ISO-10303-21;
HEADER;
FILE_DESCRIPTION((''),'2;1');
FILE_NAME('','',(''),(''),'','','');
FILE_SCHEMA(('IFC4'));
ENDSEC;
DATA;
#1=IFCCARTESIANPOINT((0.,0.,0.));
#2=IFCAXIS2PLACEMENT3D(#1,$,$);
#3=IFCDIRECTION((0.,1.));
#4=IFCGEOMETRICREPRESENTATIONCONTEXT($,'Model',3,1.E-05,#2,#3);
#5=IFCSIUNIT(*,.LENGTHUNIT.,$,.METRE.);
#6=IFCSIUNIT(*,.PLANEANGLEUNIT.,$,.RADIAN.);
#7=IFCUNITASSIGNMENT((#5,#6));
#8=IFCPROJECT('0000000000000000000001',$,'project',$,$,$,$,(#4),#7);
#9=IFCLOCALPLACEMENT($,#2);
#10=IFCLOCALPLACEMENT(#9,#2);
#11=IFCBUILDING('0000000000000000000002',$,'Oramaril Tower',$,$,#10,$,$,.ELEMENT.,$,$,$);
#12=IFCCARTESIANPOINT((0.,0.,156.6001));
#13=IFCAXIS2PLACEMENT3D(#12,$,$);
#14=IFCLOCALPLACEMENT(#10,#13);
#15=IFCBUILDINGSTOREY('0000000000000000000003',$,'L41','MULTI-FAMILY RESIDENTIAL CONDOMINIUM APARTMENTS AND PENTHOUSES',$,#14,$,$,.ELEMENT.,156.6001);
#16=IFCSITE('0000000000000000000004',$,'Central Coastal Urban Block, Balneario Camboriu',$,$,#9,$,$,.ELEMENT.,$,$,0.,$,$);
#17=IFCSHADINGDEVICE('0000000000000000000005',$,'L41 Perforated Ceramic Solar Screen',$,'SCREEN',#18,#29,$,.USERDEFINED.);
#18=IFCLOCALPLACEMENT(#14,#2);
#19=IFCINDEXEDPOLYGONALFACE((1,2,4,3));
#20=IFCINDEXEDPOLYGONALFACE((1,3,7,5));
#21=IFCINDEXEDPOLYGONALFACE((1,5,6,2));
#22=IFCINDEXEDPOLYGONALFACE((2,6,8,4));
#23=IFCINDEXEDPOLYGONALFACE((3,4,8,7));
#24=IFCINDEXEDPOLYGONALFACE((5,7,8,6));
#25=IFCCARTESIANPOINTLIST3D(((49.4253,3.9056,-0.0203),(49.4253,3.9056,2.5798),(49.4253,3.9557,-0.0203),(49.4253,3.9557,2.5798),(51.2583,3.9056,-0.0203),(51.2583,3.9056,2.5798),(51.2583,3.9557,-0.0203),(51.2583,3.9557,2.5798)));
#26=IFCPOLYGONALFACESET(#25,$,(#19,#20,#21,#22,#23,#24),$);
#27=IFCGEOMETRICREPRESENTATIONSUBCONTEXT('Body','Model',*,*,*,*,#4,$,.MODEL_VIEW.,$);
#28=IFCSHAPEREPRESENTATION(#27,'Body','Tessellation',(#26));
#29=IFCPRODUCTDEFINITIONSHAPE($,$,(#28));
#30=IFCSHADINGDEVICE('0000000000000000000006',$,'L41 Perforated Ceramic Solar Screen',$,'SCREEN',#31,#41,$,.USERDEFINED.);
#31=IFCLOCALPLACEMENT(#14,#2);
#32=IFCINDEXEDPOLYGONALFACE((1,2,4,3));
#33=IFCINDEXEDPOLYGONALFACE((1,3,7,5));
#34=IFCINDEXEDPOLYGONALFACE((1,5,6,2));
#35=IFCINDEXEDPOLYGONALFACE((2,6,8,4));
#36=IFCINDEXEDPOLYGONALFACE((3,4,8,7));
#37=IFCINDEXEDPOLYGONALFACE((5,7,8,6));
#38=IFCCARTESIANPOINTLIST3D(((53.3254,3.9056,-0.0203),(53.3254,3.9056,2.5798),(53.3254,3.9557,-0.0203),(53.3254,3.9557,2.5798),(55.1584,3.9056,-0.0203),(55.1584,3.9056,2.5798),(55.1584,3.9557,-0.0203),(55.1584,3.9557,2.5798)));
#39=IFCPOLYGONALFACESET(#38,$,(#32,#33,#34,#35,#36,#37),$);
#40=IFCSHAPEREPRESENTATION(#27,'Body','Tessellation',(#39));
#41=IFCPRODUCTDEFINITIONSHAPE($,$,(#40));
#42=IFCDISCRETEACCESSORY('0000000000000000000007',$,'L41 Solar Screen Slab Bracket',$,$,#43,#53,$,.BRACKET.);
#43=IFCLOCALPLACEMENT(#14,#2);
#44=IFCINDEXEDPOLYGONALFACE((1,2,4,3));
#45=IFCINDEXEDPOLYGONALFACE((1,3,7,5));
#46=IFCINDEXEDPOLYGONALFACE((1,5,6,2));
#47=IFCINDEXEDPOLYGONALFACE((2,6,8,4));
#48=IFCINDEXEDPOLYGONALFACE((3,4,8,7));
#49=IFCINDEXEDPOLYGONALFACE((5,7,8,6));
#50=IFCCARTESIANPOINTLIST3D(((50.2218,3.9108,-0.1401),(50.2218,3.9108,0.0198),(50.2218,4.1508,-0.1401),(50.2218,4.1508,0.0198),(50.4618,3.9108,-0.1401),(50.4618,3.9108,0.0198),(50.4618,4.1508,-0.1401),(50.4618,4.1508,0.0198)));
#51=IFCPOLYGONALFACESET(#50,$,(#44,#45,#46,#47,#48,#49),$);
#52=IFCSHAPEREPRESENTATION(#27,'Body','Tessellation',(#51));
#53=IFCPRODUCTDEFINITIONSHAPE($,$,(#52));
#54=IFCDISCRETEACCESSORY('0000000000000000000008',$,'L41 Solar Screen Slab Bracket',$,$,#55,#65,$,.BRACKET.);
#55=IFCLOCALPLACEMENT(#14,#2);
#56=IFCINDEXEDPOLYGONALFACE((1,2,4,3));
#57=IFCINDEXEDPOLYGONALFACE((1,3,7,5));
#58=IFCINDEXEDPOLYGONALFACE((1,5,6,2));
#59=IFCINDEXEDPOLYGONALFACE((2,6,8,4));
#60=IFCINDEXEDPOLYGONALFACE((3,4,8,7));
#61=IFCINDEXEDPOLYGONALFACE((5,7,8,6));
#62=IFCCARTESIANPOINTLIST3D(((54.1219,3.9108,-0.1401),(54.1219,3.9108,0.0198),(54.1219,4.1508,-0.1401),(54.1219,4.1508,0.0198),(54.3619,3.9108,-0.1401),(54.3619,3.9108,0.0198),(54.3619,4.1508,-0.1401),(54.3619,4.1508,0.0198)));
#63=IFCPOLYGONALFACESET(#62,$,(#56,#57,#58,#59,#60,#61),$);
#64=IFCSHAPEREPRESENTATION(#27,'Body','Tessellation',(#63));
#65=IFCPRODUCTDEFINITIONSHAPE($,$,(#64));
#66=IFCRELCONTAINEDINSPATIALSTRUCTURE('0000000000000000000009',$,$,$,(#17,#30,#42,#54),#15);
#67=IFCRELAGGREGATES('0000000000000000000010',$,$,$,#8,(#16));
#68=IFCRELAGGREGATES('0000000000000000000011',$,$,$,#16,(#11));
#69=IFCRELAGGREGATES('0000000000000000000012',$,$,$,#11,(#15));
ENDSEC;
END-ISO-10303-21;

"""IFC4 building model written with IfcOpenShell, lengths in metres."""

from ifc_helpers import new_model, si_unit, direction, frame, origin, origin_2d, place, context, subcontext, project, spatial, rectangle, extrude, element, save


model = new_model("IFC4")

# Units and contexts
model_context = context("Model", 3, precision=1e-05, world=origin(), true_north=direction((0.0, 1.0)))
body_context = subcontext(model_context, "Body", "Model", "MODEL_VIEW")
ifc_project = project(units=[si_unit("LENGTHUNIT", "METRE"), si_unit("PLANEANGLEUNIT", "RADIAN")], contexts=[model_context])

# Site, building, storey
site_placement = place(None, origin())
site = spatial("IfcSite", under=ifc_project, at=site_placement, Name="Central Coastal Urban Block, Balneario Camboriu", CompositionType="ELEMENT", RefElevation=0.0)
building_placement = place(site_placement, origin())
building = spatial("IfcBuilding", under=site, at=building_placement, Name="Oramaril Tower", CompositionType="ELEMENT")
storey_placement = place(building_placement, frame((0.0, 0.0, 156.6001)))
storey = spatial("IfcBuildingStorey", under=building, at=storey_placement, Name="L41", Description="MULTI-FAMILY RESIDENTIAL CONDOMINIUM APARTMENTS AND PENTHOUSES", CompositionType="ELEMENT", Elevation=156.6001)

# Shading devices
for number, where, z_axis, x_axis, name in (
    (1, (50.3418, 3.9307, -0.0203), (0.0, 0.0, 1.0), (1.0, 0.0, 0.0), "L41 Perforated Ceramic Solar Screen"),
    (2, (54.2419, 3.9307, -0.0203), (0.0, 0.0, 1.0), (1.0, 0.0, 0.0), "L41 Perforated Ceramic Solar Screen"),
):
    element("IfcShadingDevice", number, at=place(storey_placement, frame(where, z_axis=z_axis, x_axis=x_axis)), inside=storey, Name=name, ObjectType="SCREEN", PredefinedType="USERDEFINED", context=body_context, shape_type="SweptSolid", body=[
        extrude(rectangle(XDim=1.833, YDim=0.05, at=origin_2d()), origin(), (0.0, 0.0, 1.0), 2.6001),
    ])

# Discrete accessories
for number, where, z_axis, x_axis, name in (
    (3, (50.3418, 4.0308, -0.1401), (0.0, 0.0, 1.0), (1.0, 0.0, 0.0), "L41 Solar Screen Slab Bracket"),
    (4, (54.2419, 4.0308, -0.1401), (0.0, 0.0, 1.0), (1.0, 0.0, 0.0), "L41 Solar Screen Slab Bracket"),
):
    element("IfcDiscreteAccessory", number, at=place(storey_placement, frame(where, z_axis=z_axis, x_axis=x_axis)), inside=storey, Name=name, PredefinedType="BRACKET", context=body_context, shape_type="SweptSolid", body=[
        extrude(rectangle(XDim=0.24, YDim=0.24, at=origin_2d()), origin(), (0.0, 0.0, 1.0), 0.1599),
    ])

save(model, "model.ifc")
